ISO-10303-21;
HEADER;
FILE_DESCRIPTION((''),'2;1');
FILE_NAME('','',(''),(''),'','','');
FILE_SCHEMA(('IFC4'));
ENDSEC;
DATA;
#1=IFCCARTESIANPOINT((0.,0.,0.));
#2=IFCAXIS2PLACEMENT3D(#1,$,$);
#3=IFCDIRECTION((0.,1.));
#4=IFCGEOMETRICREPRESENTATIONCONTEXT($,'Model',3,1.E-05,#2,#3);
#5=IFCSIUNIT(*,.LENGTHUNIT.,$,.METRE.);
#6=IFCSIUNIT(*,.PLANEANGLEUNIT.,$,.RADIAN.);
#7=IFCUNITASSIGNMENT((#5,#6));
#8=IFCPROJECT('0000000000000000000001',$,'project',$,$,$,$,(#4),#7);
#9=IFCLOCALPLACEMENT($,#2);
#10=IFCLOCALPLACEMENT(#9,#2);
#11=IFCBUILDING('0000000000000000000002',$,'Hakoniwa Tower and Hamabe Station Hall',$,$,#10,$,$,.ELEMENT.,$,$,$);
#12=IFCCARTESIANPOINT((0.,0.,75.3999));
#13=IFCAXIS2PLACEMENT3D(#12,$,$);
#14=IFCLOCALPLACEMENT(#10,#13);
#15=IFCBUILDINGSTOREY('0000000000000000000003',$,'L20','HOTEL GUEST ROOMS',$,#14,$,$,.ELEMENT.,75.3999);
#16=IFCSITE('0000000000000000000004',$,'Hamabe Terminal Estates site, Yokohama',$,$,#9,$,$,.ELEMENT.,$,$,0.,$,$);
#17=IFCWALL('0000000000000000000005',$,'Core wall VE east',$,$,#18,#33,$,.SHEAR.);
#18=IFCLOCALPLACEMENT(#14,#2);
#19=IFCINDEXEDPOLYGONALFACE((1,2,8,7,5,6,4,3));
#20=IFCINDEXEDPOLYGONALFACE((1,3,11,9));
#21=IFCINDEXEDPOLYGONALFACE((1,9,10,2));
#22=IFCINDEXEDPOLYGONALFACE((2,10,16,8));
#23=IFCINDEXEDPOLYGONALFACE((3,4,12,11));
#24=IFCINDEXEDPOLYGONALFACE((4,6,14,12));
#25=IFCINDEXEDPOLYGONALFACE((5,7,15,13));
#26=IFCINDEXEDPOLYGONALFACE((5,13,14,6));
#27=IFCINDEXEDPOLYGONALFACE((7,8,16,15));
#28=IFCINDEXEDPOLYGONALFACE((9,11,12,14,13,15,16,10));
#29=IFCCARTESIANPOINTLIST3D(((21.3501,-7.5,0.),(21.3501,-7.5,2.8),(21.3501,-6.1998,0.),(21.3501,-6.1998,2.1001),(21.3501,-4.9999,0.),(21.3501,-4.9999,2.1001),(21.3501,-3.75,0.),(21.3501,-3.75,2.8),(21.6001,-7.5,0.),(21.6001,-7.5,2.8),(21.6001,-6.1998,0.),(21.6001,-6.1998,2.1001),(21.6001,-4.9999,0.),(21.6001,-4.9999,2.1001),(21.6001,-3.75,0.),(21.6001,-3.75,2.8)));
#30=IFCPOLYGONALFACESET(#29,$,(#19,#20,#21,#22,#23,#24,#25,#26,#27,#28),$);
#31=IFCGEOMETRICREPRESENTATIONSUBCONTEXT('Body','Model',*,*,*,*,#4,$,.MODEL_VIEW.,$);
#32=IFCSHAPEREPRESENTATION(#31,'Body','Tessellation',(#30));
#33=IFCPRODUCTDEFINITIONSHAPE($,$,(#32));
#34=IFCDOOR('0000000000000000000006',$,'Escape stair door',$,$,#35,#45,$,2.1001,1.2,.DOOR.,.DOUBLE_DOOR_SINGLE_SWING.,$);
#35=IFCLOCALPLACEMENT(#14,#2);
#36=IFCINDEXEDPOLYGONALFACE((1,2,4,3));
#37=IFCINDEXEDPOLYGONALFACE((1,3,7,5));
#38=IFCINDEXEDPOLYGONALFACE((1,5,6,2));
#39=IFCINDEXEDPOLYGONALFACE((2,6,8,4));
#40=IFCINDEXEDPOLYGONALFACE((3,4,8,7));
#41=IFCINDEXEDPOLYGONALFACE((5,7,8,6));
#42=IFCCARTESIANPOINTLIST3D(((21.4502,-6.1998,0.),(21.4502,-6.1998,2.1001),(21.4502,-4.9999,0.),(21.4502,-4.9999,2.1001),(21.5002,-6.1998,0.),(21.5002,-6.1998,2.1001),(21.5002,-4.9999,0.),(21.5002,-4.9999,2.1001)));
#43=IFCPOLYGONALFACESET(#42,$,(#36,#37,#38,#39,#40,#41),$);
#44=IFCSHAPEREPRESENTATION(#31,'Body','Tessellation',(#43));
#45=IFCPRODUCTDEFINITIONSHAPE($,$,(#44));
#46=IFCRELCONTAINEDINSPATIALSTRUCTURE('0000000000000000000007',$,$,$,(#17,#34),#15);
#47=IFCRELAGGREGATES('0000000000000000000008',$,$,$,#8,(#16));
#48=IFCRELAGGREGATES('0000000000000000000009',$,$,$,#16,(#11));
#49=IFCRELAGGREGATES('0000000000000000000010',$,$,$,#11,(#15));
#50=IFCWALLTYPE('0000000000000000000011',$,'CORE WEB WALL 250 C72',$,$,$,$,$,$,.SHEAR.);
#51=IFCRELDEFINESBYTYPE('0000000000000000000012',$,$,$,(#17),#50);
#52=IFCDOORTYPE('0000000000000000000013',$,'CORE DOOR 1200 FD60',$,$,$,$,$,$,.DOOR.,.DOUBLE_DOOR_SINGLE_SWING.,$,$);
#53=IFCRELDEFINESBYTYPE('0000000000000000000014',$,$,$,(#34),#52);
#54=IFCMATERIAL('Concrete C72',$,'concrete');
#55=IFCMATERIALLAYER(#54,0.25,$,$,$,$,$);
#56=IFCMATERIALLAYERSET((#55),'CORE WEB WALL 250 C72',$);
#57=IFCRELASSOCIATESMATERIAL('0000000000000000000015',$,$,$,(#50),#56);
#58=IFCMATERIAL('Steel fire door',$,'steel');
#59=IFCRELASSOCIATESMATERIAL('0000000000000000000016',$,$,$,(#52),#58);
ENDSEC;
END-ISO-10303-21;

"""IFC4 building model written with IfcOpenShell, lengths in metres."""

from ifc_helpers import new_model, si_unit, direction, frame, frame_2d, origin, place, context, subcontext, project, spatial, rectangle, extrude, material, layer, layer_set, type_object, element, fill, save


model = new_model("IFC4")

# Units and contexts
model_context = context("Model", 3, precision=1e-05, world=origin(), true_north=direction((0.0, 1.0)))
body_context = subcontext(model_context, "Body", "Model", "MODEL_VIEW")
ifc_project = project(units=[si_unit("LENGTHUNIT", "METRE"), si_unit("PLANEANGLEUNIT", "RADIAN")], contexts=[model_context])

# Site, building, storey
site_placement = place(None, origin())
site = spatial("IfcSite", under=ifc_project, at=site_placement, Name="Hamabe Terminal Estates site, Yokohama", CompositionType="ELEMENT", RefElevation=0.0)
building_placement = place(site_placement, origin())
building = spatial("IfcBuilding", under=site, at=building_placement, Name="Hakoniwa Tower and Hamabe Station Hall", CompositionType="ELEMENT")
storey_placement = place(building_placement, frame((0.0, 0.0, 75.3999)))
storey = spatial("IfcBuildingStorey", under=building, at=storey_placement, Name="L20", Description="HOTEL GUEST ROOMS", CompositionType="ELEMENT", Elevation=75.3999)

# Shared definitions
ifc_material_1 = material(Name="Concrete C72", Category="concrete")
ifc_layer_1 = layer(ifc_material_1, 0.25)
ifc_layer_set_1 = layer_set([ifc_layer_1], Name="CORE WEB WALL 250 C72")
wall_type_1 = type_object("IfcWallType", Name="CORE WEB WALL 250 C72", PredefinedType="SHEAR", material=ifc_layer_set_1)

# Wall, opening, door
wall_1_placement = place(storey_placement, frame((21.4751, -7.5, 0.0), z_axis=(0.0, 0.0, 1.0), x_axis=(0.0, 1.0, 0.0)))
wall_1 = element("IfcWall", 1, at=wall_1_placement, inside=storey, type_object=wall_type_1, Name="Core wall VE east", PredefinedType="SHEAR", context=body_context, shape_type="SweptSolid", body=[
    extrude(rectangle(XDim=3.75, YDim=0.25, at=frame_2d((1.875, 0.0))), origin(), (0.0, 0.0, 1.0), 2.8),
])
opening_1_placement = place(wall_1_placement, frame((1.3, 0.0, 0.0)))
opening_1 = element("IfcOpeningElement", 2, at=opening_1_placement, cuts=wall_1, PredefinedType="OPENING", context=body_context, shape_type="SweptSolid", body=[
    extrude(rectangle(XDim=1.2, YDim=2.1001, at=frame_2d((0.6001, 1.05))), frame((0.0, 0.135, 0.0), z_axis=(0.0, -1.0, 0.0), x_axis=(1.0, 0.0, 0.0)), (0.0, 0.0, 1.0), 0.27),
])
ifc_material_2 = material(Name="Steel fire door", Category="steel")
door_type_1 = type_object("IfcDoorType", Name="CORE DOOR 1200 FD60", OperationType="DOUBLE_DOOR_SINGLE_SWING", PredefinedType="DOOR", material=ifc_material_2)
door_1_placement = place(opening_1_placement, origin())
door_1 = element("IfcDoor", 3, at=door_1_placement, inside=storey, type_object=door_type_1, Name="Escape stair door", OperationType="DOUBLE_DOOR_SINGLE_SWING", OverallHeight=2.1001, OverallWidth=1.2, PredefinedType="DOOR", context=body_context, shape_type="SweptSolid", body=[
    extrude(rectangle(XDim=1.2, YDim=2.1001, at=frame_2d((0.6001, 1.05))), frame((0.0, 0.0249, 0.0), z_axis=(0.0, -1.0, 0.0), x_axis=(1.0, 0.0, 0.0)), (0.0, 0.0, 1.0), 0.05),
])
fill(opening_1, door_1)

save(model, "model.ifc")
